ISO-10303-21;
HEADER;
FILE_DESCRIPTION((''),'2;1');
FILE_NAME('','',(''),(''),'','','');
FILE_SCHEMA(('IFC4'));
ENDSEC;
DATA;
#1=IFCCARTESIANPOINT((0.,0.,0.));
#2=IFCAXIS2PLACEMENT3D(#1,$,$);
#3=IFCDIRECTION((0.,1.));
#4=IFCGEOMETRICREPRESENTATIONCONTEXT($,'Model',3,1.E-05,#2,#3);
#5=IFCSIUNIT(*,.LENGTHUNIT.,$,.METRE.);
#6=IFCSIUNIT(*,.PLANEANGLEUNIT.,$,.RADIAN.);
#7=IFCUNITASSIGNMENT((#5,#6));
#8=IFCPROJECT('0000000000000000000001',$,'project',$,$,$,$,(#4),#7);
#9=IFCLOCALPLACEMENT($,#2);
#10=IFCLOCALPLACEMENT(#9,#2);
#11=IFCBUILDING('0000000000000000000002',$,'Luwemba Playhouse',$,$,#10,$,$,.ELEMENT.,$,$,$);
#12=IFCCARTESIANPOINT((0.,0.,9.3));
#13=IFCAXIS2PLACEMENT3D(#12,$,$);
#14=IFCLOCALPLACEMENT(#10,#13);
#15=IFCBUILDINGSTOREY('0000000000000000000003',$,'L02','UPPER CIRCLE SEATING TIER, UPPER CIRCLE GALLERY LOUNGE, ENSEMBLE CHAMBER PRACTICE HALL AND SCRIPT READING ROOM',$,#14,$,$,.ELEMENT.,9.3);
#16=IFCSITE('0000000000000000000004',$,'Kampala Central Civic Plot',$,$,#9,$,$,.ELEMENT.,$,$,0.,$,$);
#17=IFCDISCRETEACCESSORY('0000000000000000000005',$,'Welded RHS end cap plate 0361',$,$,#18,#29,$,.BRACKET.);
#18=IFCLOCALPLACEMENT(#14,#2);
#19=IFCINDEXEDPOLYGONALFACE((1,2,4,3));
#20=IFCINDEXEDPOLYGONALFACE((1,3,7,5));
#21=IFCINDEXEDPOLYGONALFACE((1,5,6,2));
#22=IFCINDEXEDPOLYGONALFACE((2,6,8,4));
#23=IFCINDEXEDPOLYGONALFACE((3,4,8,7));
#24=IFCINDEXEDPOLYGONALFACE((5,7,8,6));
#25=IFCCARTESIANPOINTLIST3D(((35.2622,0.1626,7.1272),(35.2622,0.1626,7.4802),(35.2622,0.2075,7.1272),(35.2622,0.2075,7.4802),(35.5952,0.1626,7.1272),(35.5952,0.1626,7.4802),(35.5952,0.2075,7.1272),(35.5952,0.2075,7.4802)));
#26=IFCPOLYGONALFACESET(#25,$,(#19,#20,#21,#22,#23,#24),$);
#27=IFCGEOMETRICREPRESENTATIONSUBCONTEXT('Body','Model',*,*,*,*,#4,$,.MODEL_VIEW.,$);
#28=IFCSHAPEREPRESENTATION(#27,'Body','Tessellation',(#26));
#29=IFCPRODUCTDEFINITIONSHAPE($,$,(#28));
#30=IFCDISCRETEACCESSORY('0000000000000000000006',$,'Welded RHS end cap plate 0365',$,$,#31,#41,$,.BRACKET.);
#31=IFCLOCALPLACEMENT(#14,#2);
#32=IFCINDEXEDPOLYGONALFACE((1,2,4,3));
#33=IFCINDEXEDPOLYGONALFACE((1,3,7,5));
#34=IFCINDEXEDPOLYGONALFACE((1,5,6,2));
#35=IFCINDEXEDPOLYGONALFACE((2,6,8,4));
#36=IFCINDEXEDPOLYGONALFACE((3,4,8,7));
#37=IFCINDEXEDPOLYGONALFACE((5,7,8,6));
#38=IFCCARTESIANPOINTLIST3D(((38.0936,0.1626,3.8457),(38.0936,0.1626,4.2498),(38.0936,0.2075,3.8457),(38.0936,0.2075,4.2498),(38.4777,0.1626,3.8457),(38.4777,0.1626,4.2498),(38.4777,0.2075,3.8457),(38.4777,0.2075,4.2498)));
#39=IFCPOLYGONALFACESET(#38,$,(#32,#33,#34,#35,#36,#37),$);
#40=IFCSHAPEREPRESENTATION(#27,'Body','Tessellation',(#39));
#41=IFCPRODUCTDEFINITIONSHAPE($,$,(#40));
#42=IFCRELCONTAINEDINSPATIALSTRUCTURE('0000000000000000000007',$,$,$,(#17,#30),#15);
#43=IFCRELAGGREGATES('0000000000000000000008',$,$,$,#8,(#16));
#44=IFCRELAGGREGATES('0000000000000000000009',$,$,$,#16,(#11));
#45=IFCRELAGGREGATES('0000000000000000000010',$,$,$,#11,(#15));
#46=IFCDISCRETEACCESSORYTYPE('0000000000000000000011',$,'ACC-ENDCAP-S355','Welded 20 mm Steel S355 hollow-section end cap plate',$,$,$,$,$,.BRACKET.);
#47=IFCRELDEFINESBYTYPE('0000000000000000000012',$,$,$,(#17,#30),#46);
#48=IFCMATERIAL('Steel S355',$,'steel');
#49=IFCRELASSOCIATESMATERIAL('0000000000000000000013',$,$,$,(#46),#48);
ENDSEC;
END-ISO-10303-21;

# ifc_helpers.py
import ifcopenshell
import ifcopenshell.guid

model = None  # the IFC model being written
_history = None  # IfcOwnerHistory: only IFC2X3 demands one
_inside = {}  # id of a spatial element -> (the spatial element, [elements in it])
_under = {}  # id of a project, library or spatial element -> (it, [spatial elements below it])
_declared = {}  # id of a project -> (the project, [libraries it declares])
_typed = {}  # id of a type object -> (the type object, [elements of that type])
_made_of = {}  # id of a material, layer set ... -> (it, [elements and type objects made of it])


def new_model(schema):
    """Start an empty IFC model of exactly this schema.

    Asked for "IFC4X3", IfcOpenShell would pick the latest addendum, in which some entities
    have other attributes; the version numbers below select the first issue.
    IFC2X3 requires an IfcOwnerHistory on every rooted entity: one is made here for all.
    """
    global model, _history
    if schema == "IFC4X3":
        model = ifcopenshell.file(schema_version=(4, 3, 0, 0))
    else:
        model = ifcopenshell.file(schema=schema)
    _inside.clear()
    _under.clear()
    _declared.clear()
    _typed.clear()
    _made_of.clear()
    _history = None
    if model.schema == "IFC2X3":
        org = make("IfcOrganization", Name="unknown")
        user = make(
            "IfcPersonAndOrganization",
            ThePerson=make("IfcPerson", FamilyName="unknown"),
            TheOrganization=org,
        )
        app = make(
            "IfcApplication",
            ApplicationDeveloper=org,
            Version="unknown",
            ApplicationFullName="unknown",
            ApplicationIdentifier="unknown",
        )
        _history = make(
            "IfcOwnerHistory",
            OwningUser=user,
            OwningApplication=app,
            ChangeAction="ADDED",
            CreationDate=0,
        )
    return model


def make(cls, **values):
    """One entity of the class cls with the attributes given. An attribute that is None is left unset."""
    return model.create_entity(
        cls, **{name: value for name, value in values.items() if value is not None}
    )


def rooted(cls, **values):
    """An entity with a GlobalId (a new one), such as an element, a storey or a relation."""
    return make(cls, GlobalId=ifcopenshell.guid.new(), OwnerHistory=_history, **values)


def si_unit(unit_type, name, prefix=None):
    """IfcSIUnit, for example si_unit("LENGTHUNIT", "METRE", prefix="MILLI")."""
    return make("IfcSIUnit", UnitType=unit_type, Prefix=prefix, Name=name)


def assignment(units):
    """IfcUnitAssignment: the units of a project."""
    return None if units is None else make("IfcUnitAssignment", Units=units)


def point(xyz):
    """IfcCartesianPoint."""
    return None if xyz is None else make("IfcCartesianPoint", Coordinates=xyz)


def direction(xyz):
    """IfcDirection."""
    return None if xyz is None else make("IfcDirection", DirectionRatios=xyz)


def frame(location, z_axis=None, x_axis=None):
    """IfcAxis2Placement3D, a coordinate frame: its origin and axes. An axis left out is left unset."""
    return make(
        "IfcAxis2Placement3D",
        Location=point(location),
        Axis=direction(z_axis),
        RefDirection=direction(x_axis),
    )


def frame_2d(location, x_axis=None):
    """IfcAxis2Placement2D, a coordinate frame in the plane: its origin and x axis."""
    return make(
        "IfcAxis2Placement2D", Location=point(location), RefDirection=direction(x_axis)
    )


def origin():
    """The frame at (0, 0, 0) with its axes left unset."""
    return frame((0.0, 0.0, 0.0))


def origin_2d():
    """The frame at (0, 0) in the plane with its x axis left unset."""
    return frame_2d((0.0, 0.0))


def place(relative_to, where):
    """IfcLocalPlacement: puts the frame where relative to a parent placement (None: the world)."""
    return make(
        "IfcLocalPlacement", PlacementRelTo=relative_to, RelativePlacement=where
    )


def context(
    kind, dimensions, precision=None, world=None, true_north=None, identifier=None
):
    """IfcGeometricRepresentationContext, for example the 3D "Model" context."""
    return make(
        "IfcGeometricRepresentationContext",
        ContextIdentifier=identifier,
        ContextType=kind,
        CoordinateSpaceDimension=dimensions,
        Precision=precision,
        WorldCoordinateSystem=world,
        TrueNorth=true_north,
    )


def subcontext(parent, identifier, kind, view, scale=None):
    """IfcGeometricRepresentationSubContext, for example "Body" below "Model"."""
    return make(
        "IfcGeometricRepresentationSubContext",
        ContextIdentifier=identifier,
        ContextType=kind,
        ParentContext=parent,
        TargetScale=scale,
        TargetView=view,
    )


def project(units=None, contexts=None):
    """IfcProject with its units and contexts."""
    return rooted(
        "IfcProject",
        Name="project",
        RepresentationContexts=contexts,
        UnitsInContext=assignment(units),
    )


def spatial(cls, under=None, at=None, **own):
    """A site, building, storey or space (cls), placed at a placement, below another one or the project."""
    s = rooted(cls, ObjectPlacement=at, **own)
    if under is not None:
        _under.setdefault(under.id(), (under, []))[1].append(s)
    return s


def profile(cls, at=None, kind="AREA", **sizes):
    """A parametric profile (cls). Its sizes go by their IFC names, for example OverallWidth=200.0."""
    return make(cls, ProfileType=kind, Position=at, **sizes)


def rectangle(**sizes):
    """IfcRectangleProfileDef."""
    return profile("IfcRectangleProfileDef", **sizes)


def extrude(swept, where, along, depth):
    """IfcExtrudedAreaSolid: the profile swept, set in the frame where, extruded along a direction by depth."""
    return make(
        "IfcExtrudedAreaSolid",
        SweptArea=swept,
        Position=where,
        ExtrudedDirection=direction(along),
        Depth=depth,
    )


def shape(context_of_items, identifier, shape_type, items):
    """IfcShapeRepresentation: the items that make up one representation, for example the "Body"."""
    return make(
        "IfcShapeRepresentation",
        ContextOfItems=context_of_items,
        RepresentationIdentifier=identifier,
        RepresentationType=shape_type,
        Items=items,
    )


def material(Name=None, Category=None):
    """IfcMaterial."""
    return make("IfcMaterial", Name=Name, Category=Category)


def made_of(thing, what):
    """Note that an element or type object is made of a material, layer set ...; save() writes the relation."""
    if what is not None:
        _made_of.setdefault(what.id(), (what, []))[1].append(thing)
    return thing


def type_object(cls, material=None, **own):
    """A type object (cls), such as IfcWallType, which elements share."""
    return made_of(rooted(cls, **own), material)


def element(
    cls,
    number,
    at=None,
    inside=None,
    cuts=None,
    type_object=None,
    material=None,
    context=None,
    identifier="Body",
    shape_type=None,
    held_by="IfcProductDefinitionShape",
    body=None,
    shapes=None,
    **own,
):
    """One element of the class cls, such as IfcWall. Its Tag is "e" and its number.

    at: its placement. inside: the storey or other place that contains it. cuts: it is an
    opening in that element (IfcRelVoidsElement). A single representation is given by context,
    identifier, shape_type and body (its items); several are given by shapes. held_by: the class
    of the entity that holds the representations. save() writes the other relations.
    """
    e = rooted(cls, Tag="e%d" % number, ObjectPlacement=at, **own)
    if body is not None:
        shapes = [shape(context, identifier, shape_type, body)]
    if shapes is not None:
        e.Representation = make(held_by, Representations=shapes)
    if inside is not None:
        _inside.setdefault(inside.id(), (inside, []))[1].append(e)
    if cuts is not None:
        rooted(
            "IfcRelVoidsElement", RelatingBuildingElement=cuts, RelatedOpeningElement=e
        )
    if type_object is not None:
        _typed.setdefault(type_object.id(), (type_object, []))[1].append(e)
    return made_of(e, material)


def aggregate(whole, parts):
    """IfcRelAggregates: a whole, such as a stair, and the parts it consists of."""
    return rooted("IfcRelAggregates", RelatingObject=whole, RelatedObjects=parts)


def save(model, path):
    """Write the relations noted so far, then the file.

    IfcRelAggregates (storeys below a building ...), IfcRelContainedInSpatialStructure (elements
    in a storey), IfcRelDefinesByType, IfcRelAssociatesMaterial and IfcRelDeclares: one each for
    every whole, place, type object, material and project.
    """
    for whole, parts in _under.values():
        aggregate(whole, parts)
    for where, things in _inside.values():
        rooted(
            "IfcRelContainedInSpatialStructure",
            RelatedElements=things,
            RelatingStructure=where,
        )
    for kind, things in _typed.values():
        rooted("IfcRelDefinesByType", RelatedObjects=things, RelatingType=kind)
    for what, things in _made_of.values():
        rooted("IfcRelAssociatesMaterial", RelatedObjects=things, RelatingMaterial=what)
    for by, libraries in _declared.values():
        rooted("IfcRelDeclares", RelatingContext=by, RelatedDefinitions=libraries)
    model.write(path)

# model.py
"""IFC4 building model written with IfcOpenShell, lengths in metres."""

from ifc_helpers import new_model, si_unit, direction, frame, origin, origin_2d, place, context, subcontext, project, spatial, rectangle, extrude, material, type_object, element, save


model = new_model("IFC4")

# Units and contexts
model_context = context("Model", 3, precision=1e-05, world=origin(), true_north=direction((0.0, 1.0)))
body_context = subcontext(model_context, "Body", "Model", "MODEL_VIEW")
ifc_project = project(units=[si_unit("LENGTHUNIT", "METRE"), si_unit("PLANEANGLEUNIT", "RADIAN")], contexts=[model_context])

# Site, building, storey
site_placement = place(None, origin())
site = spatial("IfcSite", under=ifc_project, at=site_placement, Name="Kampala Central Civic Plot", CompositionType="ELEMENT", RefElevation=0.0)
building_placement = place(site_placement, origin())
building = spatial("IfcBuilding", under=site, at=building_placement, Name="Luwemba Playhouse", CompositionType="ELEMENT")
storey_placement = place(building_placement, frame((0.0, 0.0, 9.3)))
storey = spatial("IfcBuildingStorey", under=building, at=storey_placement, Name="L02", Description="UPPER CIRCLE SEATING TIER, UPPER CIRCLE GALLERY LOUNGE, ENSEMBLE CHAMBER PRACTICE HALL AND SCRIPT READING ROOM", CompositionType="ELEMENT", Elevation=9.3)

# Shared definitions
ifc_material_1 = material(Name="Steel S355", Category="steel")

# Discrete accessories
discrete_accessory_type = type_object("IfcDiscreteAccessoryType", Name="ACC-ENDCAP-S355", Description="Welded 20 mm Steel S355 hollow-section end cap plate", PredefinedType="BRACKET", material=ifc_material_1)
discrete_accessory_1_placement = place(storey_placement, frame((35.4287, 0.1851, 7.1272), z_axis=(0.0, 0.0, 1.0), x_axis=(1.0, 0.0, 0.0)))
element("IfcDiscreteAccessory", 1, at=discrete_accessory_1_placement, inside=storey, type_object=discrete_accessory_type, Name="Welded RHS end cap plate 0361", PredefinedType="BRACKET", context=body_context, shape_type="SweptSolid", body=[
    extrude(rectangle(XDim=0.333, YDim=0.0449, at=origin_2d()), origin(), (0.0, 0.0, 1.0), 0.353),
])
discrete_accessory_2_placement = place(storey_placement, frame((38.2856, 0.1851, 3.8457), z_axis=(0.0, 0.0, 1.0), x_axis=(1.0, 0.0, 0.0)))
element("IfcDiscreteAccessory", 2, at=discrete_accessory_2_placement, inside=storey, type_object=discrete_accessory_type, Name="Welded RHS end cap plate 0365", PredefinedType="BRACKET", context=body_context, shape_type="SweptSolid", body=[
    extrude(rectangle(XDim=0.384, YDim=0.0449, at=origin_2d()), origin(), (0.0, 0.0, 1.0), 0.4041),
])

save(model, "model.ifc")
